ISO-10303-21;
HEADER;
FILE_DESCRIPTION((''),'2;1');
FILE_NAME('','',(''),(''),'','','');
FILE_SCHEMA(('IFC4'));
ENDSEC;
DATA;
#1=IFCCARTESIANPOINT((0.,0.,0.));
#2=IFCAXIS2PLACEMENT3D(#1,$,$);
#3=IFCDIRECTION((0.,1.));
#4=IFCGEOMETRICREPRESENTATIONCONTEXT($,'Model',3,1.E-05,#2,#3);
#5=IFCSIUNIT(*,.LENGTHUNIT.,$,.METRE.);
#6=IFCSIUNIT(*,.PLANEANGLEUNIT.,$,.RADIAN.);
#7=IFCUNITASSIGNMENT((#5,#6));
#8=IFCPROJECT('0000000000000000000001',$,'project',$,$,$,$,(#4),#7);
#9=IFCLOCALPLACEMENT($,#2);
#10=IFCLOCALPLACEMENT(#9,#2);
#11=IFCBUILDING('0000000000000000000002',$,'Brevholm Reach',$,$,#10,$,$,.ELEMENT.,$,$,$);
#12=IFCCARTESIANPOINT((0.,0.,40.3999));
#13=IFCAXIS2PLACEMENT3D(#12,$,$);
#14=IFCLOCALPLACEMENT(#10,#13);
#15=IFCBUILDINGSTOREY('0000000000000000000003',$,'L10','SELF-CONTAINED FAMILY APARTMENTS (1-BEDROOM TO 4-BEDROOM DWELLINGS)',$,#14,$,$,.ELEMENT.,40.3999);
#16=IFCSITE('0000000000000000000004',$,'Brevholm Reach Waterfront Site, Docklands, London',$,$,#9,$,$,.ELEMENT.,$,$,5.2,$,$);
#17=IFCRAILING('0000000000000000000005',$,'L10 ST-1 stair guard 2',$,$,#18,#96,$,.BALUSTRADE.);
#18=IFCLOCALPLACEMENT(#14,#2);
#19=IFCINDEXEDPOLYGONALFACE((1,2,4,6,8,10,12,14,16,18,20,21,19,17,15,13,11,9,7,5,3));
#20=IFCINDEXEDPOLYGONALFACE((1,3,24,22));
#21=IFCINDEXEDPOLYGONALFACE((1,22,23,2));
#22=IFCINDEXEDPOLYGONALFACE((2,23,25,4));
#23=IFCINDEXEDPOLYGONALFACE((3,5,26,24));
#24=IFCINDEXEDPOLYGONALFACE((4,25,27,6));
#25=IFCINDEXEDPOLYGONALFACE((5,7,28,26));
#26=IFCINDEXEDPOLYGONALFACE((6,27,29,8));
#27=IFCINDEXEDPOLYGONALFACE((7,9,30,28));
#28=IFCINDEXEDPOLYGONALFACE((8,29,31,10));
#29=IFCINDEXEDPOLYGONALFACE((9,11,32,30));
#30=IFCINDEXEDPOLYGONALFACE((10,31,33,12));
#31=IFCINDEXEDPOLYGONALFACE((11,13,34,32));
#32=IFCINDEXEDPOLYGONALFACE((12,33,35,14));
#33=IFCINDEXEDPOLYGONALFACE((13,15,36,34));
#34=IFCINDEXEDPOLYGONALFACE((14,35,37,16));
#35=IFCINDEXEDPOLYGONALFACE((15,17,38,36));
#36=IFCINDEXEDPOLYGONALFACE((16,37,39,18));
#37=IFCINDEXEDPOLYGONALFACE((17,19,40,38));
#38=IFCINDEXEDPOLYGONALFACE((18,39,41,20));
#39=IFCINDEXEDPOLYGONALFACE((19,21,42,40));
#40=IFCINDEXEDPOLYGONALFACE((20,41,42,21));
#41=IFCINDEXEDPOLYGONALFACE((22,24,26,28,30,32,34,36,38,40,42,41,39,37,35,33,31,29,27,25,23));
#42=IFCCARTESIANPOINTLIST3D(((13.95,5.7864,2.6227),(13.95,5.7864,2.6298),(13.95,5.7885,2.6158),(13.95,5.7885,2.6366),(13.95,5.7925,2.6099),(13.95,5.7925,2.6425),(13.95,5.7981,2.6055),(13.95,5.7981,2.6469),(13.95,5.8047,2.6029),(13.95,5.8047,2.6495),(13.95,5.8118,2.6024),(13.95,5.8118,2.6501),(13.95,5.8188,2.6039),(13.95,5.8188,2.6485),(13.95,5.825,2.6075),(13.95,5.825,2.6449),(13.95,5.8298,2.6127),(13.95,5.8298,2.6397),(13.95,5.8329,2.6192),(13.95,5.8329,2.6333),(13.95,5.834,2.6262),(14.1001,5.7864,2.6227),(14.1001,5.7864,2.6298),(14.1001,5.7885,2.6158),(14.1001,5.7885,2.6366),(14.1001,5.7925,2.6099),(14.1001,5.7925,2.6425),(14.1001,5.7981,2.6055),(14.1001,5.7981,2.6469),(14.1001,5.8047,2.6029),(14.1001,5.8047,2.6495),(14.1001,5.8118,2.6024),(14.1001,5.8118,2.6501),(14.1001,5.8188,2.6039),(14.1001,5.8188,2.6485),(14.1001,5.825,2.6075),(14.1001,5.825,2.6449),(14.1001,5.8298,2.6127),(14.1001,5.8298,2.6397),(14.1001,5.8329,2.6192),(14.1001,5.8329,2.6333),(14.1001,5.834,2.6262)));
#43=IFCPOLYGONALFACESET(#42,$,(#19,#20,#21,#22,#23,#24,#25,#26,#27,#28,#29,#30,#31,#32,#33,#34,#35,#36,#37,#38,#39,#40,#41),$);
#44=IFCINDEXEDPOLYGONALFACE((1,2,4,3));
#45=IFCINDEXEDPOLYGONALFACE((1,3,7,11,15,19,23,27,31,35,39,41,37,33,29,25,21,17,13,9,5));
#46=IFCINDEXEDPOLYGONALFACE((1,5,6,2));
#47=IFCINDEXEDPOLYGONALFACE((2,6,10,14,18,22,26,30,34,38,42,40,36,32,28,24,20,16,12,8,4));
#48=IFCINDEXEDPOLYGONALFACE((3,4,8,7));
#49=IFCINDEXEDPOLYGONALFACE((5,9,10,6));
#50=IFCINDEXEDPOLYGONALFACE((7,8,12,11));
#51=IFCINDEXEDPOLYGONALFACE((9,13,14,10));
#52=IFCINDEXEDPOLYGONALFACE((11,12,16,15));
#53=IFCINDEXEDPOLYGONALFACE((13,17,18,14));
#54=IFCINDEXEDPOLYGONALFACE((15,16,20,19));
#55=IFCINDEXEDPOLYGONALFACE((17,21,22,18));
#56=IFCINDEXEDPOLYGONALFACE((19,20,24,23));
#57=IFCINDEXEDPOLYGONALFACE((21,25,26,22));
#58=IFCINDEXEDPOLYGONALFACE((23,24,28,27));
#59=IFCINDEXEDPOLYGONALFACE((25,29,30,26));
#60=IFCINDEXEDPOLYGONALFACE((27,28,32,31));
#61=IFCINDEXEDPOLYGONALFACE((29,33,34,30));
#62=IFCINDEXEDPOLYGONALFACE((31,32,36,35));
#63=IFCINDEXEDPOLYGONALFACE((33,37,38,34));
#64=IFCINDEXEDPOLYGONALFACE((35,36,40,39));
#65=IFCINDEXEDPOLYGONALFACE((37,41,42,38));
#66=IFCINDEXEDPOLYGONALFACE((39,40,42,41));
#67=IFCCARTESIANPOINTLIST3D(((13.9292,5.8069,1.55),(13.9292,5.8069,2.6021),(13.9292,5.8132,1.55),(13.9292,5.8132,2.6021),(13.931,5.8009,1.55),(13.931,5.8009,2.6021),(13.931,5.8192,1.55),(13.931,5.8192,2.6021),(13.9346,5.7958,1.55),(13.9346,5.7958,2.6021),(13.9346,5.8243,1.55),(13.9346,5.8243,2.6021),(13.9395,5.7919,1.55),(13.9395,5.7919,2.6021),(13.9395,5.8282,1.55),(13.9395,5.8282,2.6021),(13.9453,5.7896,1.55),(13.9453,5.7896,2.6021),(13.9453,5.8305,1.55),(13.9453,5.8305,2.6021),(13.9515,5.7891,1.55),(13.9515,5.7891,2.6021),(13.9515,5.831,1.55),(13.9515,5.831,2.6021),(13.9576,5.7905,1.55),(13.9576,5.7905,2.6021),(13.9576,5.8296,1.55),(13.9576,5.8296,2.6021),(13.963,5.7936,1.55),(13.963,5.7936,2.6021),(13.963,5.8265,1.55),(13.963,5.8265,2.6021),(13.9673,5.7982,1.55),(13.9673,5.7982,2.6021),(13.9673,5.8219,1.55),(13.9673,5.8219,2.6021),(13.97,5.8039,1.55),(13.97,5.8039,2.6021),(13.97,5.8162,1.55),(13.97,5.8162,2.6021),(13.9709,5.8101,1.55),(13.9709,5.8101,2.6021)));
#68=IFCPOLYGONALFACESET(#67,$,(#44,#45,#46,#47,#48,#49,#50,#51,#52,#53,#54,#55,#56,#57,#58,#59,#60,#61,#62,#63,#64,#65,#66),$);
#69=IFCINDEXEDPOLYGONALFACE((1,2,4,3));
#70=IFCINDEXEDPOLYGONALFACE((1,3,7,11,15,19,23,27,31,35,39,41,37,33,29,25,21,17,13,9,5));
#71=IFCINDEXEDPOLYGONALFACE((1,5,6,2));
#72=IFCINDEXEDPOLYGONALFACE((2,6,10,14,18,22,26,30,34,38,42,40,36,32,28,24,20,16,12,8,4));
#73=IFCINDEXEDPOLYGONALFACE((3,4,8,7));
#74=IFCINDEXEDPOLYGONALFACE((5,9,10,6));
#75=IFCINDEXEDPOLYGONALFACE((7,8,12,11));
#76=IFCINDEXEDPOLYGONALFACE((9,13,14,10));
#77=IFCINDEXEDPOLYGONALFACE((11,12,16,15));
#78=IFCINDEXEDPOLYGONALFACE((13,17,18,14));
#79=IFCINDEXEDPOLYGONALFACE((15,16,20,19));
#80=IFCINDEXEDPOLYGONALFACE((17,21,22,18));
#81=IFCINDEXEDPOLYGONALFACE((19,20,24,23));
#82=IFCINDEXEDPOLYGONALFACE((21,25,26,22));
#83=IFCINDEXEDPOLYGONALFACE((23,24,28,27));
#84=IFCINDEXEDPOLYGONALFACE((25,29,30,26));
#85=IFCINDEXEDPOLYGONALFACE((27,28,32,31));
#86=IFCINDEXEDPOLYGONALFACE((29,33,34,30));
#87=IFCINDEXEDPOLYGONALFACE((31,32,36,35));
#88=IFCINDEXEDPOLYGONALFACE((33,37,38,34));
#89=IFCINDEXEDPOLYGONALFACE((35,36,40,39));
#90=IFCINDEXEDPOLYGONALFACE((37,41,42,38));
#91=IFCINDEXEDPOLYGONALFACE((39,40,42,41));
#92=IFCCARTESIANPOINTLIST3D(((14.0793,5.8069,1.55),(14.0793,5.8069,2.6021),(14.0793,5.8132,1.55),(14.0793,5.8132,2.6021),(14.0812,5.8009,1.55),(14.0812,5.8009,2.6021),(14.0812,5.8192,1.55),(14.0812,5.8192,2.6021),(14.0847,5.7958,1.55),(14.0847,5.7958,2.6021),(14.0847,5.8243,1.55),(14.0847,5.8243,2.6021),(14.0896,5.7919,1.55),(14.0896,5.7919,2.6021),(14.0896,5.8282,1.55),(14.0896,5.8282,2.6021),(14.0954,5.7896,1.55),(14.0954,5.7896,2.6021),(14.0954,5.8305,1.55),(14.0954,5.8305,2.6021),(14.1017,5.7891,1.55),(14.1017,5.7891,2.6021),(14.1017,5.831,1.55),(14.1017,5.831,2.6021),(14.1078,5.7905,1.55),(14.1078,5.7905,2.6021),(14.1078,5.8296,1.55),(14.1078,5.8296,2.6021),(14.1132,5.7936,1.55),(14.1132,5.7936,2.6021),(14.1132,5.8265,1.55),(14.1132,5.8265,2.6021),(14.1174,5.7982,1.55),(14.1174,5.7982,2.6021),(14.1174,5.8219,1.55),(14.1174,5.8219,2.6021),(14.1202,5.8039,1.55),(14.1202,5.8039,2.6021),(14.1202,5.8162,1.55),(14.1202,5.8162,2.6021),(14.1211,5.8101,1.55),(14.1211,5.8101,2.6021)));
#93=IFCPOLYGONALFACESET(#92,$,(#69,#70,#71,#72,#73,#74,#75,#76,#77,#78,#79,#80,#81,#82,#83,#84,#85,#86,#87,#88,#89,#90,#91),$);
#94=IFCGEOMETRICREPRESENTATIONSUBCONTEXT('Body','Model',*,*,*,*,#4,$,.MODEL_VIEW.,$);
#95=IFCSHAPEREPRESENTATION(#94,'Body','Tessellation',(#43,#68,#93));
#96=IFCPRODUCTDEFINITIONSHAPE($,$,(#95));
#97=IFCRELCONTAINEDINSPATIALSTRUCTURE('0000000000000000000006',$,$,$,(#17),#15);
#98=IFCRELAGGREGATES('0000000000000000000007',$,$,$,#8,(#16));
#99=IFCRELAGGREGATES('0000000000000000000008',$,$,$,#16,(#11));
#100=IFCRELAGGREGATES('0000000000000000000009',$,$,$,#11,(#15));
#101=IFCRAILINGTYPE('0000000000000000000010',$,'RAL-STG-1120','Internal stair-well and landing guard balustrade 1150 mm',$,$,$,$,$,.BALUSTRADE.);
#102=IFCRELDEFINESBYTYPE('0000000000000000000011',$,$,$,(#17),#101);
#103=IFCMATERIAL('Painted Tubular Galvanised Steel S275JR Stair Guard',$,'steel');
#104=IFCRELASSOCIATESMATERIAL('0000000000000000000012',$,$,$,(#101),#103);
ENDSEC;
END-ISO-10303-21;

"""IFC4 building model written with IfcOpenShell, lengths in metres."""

from ifc_helpers import new_model, si_unit, direction, frame, origin, origin_2d, place, context, subcontext, project, spatial, circle, extrude, material, type_object, element, save


model = new_model("IFC4")

# Units and contexts
model_context = context("Model", 3, precision=1e-05, world=origin(), true_north=direction((0.0, 1.0)))
body_context = subcontext(model_context, "Body", "Model", "MODEL_VIEW")
ifc_project = project(units=[si_unit("LENGTHUNIT", "METRE"), si_unit("PLANEANGLEUNIT", "RADIAN")], contexts=[model_context])

# Site, building, storey
site_placement = place(None, origin())
site = spatial("IfcSite", under=ifc_project, at=site_placement, Name="Brevholm Reach Waterfront Site, Docklands, London", CompositionType="ELEMENT", RefElevation=5.2)
building_placement = place(site_placement, origin())
building = spatial("IfcBuilding", under=site, at=building_placement, Name="Brevholm Reach", CompositionType="ELEMENT")
storey_placement = place(building_placement, frame((0.0, 0.0, 40.3999)))
storey = spatial("IfcBuildingStorey", under=building, at=storey_placement, Name="L10", Description="SELF-CONTAINED FAMILY APARTMENTS (1-BEDROOM TO 4-BEDROOM DWELLINGS)", CompositionType="ELEMENT", Elevation=40.3999)

# Railing
ifc_material_1 = material(Name="Painted Tubular Galvanised Steel S275JR Stair Guard", Category="steel")
railing_type_1 = type_object("IfcRailingType", Name="RAL-STG-1120", Description="Internal stair-well and landing guard balustrade 1150 mm", PredefinedType="BALUSTRADE", material=ifc_material_1)
railing_1_placement = place(storey_placement, frame((13.95, 5.8101, 1.55)))
element("IfcRailing", 1, at=railing_1_placement, inside=storey, type_object=railing_type_1, Name="L10 ST-1 stair guard 2", PredefinedType="BALUSTRADE", context=body_context, shape_type="SweptSolid", body=[
    extrude(circle(Radius=0.0239, at=origin_2d()), frame((0.0, 0.0, 1.0762), z_axis=(1.0, 0.0, 0.0), x_axis=(0.0, 1.0, 0.0)), (0.0, 0.0, 1.0), 0.1501),
    extrude(circle(Radius=0.021, at=origin_2d()), origin(), (0.0, 0.0, 1.0), 1.052),
    extrude(circle(Radius=0.021, at=origin_2d()), frame((0.1501, 0.0, 0.0)), (0.0, 0.0, 1.0), 1.052),
])

save(model, "model.ifc")
